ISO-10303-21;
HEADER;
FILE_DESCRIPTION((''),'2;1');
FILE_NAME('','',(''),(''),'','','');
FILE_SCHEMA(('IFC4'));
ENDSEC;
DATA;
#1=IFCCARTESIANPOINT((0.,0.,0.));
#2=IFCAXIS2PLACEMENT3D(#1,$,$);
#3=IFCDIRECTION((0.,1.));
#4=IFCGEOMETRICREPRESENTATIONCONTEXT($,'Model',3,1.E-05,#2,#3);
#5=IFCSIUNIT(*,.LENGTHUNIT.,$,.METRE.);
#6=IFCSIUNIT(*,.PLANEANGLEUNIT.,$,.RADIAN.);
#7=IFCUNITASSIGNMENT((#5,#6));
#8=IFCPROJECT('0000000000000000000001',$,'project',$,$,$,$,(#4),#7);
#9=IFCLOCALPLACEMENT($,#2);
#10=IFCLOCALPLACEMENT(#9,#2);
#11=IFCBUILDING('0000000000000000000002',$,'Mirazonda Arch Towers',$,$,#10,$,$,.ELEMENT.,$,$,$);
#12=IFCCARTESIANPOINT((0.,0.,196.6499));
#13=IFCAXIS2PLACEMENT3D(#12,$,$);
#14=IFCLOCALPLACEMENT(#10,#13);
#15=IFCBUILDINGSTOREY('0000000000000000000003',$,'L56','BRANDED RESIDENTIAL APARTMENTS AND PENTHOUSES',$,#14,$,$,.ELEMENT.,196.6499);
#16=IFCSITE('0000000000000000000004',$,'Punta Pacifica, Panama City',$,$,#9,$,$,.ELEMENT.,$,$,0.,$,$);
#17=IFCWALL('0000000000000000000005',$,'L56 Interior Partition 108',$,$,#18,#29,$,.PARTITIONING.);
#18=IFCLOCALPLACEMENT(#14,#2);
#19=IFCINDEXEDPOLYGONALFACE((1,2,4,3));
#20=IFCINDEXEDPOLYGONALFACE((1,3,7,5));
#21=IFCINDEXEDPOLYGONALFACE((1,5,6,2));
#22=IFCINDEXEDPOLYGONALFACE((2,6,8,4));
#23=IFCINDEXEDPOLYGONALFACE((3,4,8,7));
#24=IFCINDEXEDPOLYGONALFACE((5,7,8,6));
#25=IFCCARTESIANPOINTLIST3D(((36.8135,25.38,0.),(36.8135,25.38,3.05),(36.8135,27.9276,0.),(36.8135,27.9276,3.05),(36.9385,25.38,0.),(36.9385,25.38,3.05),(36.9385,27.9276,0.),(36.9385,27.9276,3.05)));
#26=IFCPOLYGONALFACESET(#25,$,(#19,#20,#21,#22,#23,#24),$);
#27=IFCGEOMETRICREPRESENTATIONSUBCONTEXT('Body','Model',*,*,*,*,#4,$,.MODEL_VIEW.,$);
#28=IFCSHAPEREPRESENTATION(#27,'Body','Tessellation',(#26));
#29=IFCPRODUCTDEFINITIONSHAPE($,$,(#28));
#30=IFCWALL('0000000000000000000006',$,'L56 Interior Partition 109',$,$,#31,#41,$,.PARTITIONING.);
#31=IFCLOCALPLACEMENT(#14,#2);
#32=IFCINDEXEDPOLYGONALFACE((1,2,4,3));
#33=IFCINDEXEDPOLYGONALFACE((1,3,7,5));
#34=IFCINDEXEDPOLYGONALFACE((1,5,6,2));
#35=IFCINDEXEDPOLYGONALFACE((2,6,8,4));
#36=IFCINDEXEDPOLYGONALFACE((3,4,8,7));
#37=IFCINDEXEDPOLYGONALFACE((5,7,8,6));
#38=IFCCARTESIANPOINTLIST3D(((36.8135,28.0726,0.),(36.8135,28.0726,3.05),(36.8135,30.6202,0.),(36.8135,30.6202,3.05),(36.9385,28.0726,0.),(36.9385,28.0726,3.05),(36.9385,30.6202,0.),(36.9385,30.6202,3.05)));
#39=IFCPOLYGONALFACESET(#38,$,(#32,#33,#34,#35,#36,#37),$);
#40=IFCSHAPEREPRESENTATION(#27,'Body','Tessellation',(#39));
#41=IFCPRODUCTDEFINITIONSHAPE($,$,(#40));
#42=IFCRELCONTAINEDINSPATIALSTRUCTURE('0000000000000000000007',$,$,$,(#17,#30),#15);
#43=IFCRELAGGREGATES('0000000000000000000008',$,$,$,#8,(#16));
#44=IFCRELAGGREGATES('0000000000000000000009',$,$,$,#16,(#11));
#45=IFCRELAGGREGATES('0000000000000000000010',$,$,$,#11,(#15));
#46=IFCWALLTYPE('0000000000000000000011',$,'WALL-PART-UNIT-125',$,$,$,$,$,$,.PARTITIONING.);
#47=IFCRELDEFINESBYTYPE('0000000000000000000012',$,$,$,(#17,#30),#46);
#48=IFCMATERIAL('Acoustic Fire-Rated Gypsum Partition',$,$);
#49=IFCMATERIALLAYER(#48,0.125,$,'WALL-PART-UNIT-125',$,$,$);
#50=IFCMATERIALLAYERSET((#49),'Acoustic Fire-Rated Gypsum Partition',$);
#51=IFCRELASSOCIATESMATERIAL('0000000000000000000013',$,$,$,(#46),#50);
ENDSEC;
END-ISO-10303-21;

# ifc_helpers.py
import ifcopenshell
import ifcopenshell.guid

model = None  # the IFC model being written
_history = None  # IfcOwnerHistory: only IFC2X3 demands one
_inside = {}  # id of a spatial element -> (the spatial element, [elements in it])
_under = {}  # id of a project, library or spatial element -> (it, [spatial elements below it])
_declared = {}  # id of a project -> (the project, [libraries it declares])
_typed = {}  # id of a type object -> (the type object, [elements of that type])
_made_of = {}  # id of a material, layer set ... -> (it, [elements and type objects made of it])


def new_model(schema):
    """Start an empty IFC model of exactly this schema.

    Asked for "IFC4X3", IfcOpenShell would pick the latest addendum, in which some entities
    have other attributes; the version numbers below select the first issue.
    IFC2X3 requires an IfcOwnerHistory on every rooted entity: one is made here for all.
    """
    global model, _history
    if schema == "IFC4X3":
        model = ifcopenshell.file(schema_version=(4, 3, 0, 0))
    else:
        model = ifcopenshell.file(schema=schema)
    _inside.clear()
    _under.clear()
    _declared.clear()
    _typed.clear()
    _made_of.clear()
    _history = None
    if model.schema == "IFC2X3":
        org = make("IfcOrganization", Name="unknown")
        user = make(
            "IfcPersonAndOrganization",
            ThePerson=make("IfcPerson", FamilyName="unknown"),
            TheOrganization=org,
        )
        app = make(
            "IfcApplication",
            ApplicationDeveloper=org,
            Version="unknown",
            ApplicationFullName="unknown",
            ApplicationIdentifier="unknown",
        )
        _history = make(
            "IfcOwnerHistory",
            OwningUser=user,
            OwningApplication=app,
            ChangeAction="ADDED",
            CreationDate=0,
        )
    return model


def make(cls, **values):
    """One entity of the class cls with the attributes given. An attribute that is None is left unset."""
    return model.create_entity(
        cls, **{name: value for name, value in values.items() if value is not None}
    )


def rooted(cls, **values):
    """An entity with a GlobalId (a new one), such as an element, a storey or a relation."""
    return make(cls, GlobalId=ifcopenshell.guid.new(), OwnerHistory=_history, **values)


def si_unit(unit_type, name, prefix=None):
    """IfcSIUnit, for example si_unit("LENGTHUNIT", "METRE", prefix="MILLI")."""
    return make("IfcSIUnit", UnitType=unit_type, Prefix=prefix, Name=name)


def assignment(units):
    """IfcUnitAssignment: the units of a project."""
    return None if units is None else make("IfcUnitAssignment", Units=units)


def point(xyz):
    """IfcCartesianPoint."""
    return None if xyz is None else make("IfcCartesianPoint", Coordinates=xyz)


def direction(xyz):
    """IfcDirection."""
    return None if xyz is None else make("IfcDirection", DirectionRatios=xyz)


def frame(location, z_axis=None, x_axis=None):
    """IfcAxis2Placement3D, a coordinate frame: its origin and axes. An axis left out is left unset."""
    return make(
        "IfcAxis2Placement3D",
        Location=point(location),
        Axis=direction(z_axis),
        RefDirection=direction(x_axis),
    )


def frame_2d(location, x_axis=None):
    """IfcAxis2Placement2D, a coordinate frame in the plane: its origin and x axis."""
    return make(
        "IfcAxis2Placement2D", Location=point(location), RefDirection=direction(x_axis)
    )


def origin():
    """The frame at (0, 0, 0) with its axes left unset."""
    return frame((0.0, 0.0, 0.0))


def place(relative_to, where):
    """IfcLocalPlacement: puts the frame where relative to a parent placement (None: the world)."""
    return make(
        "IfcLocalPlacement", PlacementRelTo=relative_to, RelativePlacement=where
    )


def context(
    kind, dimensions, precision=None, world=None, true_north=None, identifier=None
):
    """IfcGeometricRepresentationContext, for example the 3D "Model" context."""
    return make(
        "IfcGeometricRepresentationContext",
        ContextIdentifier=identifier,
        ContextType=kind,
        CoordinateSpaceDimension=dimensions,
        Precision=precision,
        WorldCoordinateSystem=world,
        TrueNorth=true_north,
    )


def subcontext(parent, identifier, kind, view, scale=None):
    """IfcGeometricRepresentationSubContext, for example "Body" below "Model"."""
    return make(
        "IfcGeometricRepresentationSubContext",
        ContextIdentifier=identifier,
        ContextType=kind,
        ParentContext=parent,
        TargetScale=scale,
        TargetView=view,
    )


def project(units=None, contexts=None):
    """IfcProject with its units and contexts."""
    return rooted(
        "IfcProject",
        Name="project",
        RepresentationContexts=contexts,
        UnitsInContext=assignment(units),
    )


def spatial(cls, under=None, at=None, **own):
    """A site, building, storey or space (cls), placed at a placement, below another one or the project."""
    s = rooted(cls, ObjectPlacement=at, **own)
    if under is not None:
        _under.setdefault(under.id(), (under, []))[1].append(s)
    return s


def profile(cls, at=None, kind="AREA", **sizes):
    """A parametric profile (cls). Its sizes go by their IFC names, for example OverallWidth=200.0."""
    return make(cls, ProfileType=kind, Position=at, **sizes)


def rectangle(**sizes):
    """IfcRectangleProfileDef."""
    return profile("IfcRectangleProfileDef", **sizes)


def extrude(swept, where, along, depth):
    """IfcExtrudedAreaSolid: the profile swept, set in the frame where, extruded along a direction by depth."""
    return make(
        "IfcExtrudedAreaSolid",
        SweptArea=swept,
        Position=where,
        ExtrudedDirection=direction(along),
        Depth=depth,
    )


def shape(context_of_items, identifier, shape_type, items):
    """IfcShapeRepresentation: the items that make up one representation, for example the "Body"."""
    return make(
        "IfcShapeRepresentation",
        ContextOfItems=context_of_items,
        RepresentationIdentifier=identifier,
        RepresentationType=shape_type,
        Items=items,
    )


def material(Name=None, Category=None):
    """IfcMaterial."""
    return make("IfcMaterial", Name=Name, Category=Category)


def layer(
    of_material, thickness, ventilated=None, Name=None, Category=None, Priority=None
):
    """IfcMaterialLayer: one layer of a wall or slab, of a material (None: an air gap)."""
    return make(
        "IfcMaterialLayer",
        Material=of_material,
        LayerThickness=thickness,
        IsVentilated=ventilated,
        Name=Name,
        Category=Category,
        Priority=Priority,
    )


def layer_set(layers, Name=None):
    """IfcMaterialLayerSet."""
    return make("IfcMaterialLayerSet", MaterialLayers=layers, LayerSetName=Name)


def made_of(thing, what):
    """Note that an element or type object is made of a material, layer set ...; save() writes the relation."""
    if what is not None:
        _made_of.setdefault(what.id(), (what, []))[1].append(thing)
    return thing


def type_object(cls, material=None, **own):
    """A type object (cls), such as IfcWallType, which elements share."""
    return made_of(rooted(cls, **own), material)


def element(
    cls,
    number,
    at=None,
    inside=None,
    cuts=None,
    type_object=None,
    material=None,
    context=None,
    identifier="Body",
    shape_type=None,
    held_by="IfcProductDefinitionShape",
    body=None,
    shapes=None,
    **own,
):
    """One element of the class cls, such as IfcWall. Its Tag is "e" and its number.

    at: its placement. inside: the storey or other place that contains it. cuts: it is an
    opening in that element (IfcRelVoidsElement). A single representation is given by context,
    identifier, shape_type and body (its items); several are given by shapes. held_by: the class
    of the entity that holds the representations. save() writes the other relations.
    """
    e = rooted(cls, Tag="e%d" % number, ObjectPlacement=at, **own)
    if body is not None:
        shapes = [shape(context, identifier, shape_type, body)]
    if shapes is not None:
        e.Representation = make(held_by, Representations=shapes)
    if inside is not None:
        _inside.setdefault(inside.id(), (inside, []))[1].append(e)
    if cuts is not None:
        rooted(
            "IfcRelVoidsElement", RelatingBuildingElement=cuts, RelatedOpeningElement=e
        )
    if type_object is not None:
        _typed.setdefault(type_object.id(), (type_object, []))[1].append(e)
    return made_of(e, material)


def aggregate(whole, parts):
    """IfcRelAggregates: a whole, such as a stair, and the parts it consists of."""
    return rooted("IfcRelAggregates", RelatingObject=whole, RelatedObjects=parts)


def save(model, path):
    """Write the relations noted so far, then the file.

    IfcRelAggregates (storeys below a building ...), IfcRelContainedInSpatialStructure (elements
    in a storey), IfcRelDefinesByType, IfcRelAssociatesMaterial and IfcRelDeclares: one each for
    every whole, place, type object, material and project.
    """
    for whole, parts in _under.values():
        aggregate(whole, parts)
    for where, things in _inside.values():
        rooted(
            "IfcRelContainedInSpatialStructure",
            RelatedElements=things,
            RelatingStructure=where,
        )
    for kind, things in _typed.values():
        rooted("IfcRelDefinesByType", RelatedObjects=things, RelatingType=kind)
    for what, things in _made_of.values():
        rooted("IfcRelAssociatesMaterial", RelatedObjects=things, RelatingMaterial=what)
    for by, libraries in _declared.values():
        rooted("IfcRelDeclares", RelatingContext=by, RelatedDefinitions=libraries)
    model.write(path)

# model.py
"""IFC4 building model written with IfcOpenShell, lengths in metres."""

from ifc_helpers import new_model, si_unit, direction, frame, frame_2d, origin, place, context, subcontext, project, spatial, rectangle, extrude, material, layer, layer_set, type_object, element, save


model = new_model("IFC4")

# Units and contexts
model_context = context("Model", 3, precision=1e-05, world=origin(), true_north=direction((0.0, 1.0)))
body_context = subcontext(model_context, "Body", "Model", "MODEL_VIEW")
ifc_project = project(units=[si_unit("LENGTHUNIT", "METRE"), si_unit("PLANEANGLEUNIT", "RADIAN")], contexts=[model_context])

# Site, building, storey
site_placement = place(None, origin())
site = spatial("IfcSite", under=ifc_project, at=site_placement, Name="Punta Pacifica, Panama City", CompositionType="ELEMENT", RefElevation=0.0)
building_placement = place(site_placement, origin())
building = spatial("IfcBuilding", under=site, at=building_placement, Name="Mirazonda Arch Towers", CompositionType="ELEMENT")
storey_placement = place(building_placement, frame((0.0, 0.0, 196.6499)))
storey = spatial("IfcBuildingStorey", under=building, at=storey_placement, Name="L56", Description="BRANDED RESIDENTIAL APARTMENTS AND PENTHOUSES", CompositionType="ELEMENT", Elevation=196.6499)

# Walls
ifc_material_1 = material(Name="Acoustic Fire-Rated Gypsum Partition")
ifc_layer_1 = layer(ifc_material_1, 0.125, Name="WALL-PART-UNIT-125")
ifc_layer_set_1 = layer_set([ifc_layer_1], Name="Acoustic Fire-Rated Gypsum Partition")
wall_type_1 = type_object("IfcWallType", Name="WALL-PART-UNIT-125", PredefinedType="PARTITIONING", material=ifc_layer_set_1)
for number, where, z_axis, x_axis, name in (
    (1, (36.876, 25.3799, 0.0), (0.0, 0.0, 1.0), (0.0, 1.0, 0.0), "L56 Interior Partition 108"),
    (2, (36.876, 28.0725, 0.0), (0.0, 0.0, 1.0), (0.0, 1.0, 0.0), "L56 Interior Partition 109"),
):
    element("IfcWall", number, at=place(storey_placement, frame(where, z_axis=z_axis, x_axis=x_axis)), inside=storey, type_object=wall_type_1, Name=name, PredefinedType="PARTITIONING", context=body_context, shape_type="SweptSolid", body=[
        extrude(rectangle(XDim=2.5476, YDim=0.125, at=frame_2d((1.2739, 0.0))), origin(), (0.0, 0.0, 1.0), 3.05),
    ])

save(model, "model.ifc")
